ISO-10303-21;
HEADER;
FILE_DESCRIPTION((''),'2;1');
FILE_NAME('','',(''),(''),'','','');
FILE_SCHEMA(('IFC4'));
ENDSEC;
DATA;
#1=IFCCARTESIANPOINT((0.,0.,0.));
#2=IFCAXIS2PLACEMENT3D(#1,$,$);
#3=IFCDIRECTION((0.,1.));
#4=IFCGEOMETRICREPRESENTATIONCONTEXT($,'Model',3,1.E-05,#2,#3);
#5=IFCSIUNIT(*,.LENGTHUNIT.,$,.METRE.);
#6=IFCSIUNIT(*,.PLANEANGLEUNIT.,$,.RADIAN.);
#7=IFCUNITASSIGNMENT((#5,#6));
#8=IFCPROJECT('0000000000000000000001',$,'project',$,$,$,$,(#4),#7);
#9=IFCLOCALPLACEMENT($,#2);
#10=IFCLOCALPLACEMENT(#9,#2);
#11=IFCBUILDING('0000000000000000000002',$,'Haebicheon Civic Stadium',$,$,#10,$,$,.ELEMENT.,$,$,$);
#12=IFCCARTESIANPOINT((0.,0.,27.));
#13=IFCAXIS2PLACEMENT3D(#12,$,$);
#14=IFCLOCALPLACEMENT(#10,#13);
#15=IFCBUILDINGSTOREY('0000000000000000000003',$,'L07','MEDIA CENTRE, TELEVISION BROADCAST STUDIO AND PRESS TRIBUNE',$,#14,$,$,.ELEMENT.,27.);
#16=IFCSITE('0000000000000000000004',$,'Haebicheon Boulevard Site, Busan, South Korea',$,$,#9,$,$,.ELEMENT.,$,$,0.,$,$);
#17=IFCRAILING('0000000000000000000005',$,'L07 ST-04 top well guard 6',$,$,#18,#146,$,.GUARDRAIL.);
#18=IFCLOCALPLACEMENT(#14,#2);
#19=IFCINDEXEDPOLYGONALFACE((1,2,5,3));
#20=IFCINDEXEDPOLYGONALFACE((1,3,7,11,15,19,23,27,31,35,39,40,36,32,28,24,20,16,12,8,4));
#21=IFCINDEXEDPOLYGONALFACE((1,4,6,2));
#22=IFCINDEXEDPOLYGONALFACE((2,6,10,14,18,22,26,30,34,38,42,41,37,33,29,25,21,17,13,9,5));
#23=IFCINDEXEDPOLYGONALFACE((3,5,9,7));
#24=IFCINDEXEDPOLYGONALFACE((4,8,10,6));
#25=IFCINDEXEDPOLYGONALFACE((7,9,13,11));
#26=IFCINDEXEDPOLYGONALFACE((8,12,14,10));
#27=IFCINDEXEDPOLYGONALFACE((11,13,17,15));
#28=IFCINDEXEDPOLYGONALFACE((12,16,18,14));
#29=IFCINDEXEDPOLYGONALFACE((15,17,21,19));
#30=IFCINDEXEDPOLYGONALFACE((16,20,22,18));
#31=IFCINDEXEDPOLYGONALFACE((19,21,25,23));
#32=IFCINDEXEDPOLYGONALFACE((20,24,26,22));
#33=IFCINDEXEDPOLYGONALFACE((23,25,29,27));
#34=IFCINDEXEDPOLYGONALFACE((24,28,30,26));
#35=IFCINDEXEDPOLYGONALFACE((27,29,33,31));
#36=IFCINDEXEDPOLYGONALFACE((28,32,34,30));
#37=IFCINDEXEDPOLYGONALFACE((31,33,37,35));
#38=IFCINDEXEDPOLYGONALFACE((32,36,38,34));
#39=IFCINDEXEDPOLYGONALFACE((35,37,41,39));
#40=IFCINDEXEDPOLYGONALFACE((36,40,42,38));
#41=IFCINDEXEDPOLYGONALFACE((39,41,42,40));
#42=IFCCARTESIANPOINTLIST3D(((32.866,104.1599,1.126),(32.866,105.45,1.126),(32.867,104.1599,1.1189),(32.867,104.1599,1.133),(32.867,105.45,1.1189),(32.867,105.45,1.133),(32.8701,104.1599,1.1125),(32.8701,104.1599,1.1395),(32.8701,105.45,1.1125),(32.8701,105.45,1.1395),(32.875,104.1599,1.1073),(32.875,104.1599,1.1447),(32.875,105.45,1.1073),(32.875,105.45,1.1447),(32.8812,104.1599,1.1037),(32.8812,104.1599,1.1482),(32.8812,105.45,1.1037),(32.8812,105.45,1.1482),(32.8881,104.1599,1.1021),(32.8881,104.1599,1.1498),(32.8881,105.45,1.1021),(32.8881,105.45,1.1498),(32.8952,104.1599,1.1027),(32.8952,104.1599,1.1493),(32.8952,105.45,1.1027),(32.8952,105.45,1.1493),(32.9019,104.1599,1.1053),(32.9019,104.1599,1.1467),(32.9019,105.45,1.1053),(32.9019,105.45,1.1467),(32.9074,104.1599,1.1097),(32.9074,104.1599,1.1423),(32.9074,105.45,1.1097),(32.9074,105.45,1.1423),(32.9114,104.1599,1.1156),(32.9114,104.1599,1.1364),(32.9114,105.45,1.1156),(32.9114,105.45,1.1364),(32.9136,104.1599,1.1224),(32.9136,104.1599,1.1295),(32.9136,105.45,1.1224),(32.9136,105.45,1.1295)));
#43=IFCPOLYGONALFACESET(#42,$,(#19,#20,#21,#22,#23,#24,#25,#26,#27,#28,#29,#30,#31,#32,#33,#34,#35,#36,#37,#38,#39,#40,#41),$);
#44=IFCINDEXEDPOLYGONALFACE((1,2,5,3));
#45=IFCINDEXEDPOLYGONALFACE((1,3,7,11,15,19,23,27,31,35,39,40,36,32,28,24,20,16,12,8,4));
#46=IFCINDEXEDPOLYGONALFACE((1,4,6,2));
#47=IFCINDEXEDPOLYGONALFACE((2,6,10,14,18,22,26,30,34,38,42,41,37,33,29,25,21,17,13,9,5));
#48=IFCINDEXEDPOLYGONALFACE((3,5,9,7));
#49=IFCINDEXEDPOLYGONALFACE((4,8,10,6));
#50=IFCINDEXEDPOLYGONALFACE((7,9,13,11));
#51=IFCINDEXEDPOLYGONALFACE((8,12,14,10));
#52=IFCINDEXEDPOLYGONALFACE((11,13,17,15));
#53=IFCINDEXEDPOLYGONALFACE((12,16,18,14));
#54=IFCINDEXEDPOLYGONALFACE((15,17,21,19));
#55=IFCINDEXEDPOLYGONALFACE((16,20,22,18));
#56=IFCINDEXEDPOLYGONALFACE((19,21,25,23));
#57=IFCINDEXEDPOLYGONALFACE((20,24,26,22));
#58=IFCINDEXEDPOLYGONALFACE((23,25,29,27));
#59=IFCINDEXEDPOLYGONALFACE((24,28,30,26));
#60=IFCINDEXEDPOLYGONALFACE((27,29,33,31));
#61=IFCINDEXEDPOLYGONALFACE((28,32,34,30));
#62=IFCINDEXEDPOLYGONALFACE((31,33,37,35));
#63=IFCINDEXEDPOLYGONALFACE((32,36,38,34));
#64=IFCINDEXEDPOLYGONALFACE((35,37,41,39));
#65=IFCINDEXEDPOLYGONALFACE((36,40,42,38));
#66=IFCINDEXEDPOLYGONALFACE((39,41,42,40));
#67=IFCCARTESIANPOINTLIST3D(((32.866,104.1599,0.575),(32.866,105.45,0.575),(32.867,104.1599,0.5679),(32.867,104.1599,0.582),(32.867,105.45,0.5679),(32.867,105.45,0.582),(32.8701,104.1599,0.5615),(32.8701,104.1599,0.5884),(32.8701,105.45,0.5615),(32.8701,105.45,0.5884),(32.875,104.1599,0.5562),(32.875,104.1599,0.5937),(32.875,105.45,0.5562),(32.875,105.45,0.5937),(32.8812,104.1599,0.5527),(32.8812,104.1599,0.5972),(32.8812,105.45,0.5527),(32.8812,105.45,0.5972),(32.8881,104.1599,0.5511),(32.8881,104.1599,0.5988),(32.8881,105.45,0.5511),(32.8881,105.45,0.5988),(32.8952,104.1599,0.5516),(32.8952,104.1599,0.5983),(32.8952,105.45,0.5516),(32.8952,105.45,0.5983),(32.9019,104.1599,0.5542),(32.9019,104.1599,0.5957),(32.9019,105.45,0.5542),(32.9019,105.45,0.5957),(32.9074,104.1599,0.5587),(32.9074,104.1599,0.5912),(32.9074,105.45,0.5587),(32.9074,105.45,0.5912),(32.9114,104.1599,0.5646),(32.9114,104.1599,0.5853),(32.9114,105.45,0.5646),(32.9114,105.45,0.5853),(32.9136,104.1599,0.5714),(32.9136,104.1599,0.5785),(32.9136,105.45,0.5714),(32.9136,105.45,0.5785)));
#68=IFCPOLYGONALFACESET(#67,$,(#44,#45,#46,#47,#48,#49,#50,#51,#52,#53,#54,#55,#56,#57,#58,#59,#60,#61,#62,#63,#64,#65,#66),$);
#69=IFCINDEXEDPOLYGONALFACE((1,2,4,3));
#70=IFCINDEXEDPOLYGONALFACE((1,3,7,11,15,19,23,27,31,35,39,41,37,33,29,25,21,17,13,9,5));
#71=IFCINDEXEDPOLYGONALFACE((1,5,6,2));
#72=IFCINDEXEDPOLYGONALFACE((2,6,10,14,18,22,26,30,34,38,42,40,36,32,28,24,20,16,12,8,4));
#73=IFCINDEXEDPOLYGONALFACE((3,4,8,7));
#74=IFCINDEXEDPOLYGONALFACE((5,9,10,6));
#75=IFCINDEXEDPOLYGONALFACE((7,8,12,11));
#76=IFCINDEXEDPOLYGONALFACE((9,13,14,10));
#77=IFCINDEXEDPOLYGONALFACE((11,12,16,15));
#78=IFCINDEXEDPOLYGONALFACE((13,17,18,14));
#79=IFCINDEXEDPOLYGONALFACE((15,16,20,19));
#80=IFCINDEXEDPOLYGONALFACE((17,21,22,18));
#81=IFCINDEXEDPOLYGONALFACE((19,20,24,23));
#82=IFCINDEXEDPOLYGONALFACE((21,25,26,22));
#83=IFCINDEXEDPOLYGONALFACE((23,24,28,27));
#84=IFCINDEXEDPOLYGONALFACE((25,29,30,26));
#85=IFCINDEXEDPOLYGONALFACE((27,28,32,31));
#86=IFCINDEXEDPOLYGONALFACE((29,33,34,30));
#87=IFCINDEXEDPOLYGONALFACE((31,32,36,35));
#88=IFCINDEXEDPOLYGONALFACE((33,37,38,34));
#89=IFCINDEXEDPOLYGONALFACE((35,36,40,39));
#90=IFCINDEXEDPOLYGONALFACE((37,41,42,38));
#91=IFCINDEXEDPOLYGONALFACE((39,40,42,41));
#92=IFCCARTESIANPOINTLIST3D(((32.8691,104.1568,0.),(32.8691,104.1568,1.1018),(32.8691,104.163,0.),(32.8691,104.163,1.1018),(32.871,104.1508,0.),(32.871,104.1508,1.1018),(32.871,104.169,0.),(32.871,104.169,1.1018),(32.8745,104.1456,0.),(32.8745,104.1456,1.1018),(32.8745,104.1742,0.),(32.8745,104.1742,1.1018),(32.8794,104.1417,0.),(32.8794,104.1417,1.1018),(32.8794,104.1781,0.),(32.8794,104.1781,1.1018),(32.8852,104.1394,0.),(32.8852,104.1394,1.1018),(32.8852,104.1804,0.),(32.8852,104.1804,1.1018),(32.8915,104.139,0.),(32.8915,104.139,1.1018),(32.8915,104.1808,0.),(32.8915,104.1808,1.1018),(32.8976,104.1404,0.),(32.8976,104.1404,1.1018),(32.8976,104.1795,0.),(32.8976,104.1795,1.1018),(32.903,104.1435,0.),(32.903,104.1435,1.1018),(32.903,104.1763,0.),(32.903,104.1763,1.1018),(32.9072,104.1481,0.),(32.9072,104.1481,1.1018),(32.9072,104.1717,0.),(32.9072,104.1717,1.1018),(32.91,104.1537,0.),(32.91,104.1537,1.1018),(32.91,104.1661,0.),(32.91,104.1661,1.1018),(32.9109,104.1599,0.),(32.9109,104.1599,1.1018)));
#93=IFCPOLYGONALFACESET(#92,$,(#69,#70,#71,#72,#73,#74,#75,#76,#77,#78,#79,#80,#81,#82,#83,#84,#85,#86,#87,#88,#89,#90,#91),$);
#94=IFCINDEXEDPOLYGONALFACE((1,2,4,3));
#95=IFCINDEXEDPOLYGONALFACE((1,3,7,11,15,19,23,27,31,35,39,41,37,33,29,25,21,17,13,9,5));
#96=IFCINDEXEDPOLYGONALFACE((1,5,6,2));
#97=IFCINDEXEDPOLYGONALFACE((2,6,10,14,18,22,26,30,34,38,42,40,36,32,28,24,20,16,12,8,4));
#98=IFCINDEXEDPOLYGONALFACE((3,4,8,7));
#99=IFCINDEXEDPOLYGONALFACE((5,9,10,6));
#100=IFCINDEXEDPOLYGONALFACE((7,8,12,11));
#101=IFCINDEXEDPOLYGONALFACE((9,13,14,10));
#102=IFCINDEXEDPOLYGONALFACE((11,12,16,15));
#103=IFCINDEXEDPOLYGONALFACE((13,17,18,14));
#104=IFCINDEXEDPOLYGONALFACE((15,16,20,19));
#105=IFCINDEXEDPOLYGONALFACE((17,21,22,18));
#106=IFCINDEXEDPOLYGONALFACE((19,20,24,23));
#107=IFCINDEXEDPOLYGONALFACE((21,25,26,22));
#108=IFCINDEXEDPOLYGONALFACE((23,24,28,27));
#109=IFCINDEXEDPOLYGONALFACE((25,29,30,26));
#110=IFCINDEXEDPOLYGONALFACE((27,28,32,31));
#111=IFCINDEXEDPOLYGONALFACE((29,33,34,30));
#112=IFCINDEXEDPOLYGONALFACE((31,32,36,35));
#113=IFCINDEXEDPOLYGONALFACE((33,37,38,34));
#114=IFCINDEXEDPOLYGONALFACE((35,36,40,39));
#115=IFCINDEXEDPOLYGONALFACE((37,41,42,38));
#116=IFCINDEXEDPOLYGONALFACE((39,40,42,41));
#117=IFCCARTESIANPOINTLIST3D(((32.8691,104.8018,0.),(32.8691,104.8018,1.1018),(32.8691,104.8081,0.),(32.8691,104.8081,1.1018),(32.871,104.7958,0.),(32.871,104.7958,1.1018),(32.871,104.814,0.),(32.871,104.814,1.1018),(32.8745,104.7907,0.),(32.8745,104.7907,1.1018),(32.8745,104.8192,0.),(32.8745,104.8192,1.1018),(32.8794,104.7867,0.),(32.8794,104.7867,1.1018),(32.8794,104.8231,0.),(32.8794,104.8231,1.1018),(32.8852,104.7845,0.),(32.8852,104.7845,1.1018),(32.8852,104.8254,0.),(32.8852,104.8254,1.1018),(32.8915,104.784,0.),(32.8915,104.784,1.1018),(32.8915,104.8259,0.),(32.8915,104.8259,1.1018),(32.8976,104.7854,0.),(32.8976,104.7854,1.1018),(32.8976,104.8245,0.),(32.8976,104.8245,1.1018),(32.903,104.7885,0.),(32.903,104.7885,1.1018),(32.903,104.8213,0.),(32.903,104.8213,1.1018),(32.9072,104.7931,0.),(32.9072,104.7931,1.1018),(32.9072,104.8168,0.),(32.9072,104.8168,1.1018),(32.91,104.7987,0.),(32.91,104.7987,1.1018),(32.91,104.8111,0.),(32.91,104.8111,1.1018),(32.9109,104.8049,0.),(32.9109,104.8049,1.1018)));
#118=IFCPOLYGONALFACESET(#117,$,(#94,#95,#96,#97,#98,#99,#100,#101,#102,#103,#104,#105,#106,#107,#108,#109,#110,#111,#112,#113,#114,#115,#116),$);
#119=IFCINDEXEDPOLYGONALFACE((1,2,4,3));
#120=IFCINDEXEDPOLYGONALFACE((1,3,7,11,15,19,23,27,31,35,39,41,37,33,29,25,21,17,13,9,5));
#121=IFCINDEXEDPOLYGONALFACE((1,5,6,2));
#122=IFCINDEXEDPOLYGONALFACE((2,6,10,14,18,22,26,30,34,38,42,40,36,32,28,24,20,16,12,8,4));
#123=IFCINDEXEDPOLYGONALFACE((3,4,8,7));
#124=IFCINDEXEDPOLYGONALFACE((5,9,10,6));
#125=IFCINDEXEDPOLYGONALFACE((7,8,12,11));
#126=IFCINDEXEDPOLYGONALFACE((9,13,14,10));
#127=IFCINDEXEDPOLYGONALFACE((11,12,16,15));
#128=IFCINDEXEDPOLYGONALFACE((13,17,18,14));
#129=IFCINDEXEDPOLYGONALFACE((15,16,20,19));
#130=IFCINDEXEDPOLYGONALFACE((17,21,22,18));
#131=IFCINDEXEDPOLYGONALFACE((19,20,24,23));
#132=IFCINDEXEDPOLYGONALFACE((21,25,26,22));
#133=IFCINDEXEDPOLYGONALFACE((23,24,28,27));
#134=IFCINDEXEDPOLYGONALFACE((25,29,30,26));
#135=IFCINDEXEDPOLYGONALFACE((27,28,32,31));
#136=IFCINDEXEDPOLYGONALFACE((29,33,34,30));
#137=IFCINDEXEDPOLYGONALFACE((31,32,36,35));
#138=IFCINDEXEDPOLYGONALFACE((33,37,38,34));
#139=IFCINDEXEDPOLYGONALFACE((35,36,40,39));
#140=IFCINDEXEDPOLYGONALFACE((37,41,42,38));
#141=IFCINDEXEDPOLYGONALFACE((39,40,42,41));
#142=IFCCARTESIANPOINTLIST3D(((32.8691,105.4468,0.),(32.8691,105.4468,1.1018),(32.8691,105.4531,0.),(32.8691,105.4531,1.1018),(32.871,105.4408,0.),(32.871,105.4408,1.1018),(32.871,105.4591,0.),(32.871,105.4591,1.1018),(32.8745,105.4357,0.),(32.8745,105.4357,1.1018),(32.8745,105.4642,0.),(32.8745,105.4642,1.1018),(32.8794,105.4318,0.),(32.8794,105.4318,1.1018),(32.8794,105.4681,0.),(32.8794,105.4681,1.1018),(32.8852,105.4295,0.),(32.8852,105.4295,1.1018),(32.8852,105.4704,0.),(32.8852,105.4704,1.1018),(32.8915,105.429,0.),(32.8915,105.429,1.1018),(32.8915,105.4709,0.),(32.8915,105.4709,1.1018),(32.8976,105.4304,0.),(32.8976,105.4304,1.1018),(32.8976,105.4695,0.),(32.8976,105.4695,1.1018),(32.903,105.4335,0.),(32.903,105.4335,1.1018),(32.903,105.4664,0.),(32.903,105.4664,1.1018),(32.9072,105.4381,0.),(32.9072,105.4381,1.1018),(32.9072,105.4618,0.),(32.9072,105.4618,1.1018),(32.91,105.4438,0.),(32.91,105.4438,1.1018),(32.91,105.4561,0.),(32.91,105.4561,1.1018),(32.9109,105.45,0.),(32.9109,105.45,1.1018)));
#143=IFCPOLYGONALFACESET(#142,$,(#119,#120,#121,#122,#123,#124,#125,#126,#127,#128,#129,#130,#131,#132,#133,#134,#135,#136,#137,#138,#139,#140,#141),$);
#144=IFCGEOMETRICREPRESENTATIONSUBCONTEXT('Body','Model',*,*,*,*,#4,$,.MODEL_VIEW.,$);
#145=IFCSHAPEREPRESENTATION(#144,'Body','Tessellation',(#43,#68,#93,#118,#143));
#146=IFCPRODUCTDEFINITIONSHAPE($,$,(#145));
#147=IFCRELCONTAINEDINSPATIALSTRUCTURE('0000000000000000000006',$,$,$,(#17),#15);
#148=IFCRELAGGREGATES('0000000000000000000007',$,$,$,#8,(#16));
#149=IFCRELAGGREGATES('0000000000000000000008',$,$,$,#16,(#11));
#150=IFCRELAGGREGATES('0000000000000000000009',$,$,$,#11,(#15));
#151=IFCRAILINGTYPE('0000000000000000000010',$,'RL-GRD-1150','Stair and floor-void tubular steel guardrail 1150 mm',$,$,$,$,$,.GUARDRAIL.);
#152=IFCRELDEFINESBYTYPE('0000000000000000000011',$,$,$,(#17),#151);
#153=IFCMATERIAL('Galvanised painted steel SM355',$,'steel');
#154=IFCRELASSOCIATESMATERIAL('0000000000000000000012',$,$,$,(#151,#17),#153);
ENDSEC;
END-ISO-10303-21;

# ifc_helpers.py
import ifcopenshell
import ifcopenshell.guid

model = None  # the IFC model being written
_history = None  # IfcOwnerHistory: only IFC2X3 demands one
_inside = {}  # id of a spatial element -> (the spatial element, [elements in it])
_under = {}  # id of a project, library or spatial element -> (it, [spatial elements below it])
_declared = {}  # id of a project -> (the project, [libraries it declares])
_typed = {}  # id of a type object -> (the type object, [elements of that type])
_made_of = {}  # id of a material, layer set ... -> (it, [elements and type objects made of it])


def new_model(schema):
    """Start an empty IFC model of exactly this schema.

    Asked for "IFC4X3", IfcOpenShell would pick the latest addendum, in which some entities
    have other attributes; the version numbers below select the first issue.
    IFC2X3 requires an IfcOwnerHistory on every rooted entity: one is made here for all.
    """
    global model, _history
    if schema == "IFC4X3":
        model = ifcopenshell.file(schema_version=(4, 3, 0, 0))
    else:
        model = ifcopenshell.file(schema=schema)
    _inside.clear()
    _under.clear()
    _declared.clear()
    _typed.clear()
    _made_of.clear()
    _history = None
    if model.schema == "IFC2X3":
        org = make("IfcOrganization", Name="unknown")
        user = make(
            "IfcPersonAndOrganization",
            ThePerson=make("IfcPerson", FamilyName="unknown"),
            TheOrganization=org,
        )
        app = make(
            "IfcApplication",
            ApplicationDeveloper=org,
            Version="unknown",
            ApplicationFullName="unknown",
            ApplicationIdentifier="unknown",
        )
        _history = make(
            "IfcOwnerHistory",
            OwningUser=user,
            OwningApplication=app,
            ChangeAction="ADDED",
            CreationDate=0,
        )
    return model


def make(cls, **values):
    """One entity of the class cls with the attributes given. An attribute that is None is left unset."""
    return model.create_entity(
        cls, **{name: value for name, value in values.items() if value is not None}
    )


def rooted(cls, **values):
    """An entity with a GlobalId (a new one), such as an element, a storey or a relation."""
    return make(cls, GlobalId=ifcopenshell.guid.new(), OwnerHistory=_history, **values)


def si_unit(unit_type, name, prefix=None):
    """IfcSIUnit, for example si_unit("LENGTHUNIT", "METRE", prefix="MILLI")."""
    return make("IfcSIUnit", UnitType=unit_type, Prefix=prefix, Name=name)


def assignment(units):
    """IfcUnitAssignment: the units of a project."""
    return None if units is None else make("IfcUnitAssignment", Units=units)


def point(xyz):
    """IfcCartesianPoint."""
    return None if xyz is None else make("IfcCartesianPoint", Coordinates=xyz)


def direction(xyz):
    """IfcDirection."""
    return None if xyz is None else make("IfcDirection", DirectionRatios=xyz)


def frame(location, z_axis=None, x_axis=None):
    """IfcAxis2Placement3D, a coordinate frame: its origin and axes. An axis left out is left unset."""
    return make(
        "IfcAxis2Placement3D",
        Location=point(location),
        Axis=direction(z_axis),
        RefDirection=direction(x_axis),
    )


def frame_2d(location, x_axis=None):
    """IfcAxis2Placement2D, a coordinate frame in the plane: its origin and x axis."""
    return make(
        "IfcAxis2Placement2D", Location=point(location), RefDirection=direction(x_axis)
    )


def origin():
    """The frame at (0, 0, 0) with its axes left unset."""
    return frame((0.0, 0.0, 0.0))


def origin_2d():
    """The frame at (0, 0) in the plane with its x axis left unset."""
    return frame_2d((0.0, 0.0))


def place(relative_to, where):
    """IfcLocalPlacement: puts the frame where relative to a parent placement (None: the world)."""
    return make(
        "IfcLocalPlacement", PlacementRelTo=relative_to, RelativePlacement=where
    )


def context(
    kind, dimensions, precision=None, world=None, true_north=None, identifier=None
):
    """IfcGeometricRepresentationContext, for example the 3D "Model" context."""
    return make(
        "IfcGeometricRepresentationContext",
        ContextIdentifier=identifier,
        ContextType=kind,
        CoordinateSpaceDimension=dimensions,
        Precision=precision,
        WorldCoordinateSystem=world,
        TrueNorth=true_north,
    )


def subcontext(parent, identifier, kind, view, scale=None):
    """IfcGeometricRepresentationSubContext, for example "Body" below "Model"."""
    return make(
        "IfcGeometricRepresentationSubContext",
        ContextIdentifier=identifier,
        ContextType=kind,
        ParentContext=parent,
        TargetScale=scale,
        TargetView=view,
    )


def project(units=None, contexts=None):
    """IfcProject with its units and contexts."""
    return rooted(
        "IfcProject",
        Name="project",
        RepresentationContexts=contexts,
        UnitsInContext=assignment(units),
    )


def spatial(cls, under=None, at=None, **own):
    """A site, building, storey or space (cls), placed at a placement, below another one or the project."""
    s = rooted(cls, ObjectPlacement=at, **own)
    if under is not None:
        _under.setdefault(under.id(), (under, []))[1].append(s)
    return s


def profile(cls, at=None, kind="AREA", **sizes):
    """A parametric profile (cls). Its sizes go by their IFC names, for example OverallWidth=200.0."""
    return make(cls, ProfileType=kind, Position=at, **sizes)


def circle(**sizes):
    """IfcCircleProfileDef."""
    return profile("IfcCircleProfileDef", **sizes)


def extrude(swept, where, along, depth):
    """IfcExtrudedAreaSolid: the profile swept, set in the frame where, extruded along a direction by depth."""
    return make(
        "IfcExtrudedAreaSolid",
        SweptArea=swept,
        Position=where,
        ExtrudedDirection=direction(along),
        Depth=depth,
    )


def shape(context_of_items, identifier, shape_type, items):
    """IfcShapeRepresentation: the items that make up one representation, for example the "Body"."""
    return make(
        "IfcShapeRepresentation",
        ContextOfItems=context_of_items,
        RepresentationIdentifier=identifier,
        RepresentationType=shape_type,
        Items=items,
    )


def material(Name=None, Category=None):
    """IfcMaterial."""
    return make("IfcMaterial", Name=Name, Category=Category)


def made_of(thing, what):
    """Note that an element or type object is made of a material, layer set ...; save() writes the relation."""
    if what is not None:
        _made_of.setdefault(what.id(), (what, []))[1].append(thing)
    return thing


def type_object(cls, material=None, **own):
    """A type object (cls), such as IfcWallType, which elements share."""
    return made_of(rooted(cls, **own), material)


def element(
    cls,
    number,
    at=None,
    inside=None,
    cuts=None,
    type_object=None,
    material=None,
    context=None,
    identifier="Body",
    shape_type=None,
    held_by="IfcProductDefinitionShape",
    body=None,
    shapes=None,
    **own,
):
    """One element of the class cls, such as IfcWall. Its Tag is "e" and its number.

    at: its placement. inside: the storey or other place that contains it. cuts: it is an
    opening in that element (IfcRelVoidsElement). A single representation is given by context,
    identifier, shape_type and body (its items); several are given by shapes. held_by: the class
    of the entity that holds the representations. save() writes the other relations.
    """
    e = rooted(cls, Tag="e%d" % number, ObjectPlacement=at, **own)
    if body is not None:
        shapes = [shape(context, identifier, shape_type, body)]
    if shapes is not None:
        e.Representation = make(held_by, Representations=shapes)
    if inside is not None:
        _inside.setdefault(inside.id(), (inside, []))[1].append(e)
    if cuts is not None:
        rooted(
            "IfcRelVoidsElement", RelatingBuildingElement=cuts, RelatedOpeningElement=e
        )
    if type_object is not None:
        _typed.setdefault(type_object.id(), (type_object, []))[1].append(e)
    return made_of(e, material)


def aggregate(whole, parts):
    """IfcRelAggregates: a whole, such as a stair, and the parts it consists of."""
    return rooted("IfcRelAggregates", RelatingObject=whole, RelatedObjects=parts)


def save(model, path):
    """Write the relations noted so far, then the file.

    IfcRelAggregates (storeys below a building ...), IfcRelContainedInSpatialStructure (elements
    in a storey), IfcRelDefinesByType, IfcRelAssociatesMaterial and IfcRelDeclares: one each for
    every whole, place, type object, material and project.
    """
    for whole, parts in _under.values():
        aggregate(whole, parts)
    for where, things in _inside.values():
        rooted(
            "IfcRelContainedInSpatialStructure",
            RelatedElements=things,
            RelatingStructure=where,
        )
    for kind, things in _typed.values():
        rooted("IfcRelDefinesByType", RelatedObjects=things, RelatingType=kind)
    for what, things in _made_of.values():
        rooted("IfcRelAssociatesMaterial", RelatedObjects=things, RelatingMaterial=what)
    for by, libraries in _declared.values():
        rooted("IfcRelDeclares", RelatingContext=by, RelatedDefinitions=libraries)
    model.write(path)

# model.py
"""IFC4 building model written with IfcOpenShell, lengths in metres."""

from ifc_helpers import new_model, si_unit, direction, frame, origin, origin_2d, place, context, subcontext, project, spatial, circle, extrude, material, type_object, element, save


model = new_model("IFC4")

# Units and contexts
model_context = context("Model", 3, precision=1e-05, world=origin(), true_north=direction((0.0, 1.0)))
body_context = subcontext(model_context, "Body", "Model", "MODEL_VIEW")
ifc_project = project(units=[si_unit("LENGTHUNIT", "METRE"), si_unit("PLANEANGLEUNIT", "RADIAN")], contexts=[model_context])

# Site, building, storey
site_placement = place(None, origin())
site = spatial("IfcSite", under=ifc_project, at=site_placement, Name="Haebicheon Boulevard Site, Busan, South Korea", CompositionType="ELEMENT", RefElevation=0.0)
building_placement = place(site_placement, origin())
building = spatial("IfcBuilding", under=site, at=building_placement, Name="Haebicheon Civic Stadium", CompositionType="ELEMENT")
storey_placement = place(building_placement, frame((0.0, 0.0, 27.0)))
storey = spatial("IfcBuildingStorey", under=building, at=storey_placement, Name="L07", Description="MEDIA CENTRE, TELEVISION BROADCAST STUDIO AND PRESS TRIBUNE", CompositionType="ELEMENT", Elevation=27.0)

# Railing
ifc_material_1 = material(Name="Galvanised painted steel SM355", Category="steel")
railing_type = type_object("IfcRailingType", Name="RL-GRD-1150", Description="Stair and floor-void tubular steel guardrail 1150 mm", PredefinedType="GUARDRAIL", material=ifc_material_1)
for number, where, name in (
    (1, (32.8899, 104.1599, 0.0), "L07 ST-04 top well guard 6"),
):
    element("IfcRailing", number, at=place(storey_placement, frame(where)), inside=storey, type_object=railing_type, material=ifc_material_1, Name=name, PredefinedType="GUARDRAIL", context=body_context, shape_type="SweptSolid", body=[
        extrude(circle(Radius=0.0239, at=origin_2d()), frame((0.0, 0.0, 1.126), z_axis=(0.0, 1.0, 0.0), x_axis=(-1.0, 0.0, 0.0)), (0.0, 0.0, 1.0), 1.29),
        extrude(circle(Radius=0.0239, at=origin_2d()), frame((0.0, 0.0, 0.575), z_axis=(0.0, 1.0, 0.0), x_axis=(-1.0, 0.0, 0.0)), (0.0, 0.0, 1.0), 1.29),
        extrude(circle(Radius=0.021, at=origin_2d()), origin(), (0.0, 0.0, 1.0), 1.1018),
        extrude(circle(Radius=0.021, at=origin_2d()), frame((0.0, 0.645, 0.0)), (0.0, 0.0, 1.0), 1.1018),
        extrude(circle(Radius=0.021, at=origin_2d()), frame((0.0, 1.29, 0.0)), (0.0, 0.0, 1.0), 1.1018),
    ])

save(model, "model.ifc")
